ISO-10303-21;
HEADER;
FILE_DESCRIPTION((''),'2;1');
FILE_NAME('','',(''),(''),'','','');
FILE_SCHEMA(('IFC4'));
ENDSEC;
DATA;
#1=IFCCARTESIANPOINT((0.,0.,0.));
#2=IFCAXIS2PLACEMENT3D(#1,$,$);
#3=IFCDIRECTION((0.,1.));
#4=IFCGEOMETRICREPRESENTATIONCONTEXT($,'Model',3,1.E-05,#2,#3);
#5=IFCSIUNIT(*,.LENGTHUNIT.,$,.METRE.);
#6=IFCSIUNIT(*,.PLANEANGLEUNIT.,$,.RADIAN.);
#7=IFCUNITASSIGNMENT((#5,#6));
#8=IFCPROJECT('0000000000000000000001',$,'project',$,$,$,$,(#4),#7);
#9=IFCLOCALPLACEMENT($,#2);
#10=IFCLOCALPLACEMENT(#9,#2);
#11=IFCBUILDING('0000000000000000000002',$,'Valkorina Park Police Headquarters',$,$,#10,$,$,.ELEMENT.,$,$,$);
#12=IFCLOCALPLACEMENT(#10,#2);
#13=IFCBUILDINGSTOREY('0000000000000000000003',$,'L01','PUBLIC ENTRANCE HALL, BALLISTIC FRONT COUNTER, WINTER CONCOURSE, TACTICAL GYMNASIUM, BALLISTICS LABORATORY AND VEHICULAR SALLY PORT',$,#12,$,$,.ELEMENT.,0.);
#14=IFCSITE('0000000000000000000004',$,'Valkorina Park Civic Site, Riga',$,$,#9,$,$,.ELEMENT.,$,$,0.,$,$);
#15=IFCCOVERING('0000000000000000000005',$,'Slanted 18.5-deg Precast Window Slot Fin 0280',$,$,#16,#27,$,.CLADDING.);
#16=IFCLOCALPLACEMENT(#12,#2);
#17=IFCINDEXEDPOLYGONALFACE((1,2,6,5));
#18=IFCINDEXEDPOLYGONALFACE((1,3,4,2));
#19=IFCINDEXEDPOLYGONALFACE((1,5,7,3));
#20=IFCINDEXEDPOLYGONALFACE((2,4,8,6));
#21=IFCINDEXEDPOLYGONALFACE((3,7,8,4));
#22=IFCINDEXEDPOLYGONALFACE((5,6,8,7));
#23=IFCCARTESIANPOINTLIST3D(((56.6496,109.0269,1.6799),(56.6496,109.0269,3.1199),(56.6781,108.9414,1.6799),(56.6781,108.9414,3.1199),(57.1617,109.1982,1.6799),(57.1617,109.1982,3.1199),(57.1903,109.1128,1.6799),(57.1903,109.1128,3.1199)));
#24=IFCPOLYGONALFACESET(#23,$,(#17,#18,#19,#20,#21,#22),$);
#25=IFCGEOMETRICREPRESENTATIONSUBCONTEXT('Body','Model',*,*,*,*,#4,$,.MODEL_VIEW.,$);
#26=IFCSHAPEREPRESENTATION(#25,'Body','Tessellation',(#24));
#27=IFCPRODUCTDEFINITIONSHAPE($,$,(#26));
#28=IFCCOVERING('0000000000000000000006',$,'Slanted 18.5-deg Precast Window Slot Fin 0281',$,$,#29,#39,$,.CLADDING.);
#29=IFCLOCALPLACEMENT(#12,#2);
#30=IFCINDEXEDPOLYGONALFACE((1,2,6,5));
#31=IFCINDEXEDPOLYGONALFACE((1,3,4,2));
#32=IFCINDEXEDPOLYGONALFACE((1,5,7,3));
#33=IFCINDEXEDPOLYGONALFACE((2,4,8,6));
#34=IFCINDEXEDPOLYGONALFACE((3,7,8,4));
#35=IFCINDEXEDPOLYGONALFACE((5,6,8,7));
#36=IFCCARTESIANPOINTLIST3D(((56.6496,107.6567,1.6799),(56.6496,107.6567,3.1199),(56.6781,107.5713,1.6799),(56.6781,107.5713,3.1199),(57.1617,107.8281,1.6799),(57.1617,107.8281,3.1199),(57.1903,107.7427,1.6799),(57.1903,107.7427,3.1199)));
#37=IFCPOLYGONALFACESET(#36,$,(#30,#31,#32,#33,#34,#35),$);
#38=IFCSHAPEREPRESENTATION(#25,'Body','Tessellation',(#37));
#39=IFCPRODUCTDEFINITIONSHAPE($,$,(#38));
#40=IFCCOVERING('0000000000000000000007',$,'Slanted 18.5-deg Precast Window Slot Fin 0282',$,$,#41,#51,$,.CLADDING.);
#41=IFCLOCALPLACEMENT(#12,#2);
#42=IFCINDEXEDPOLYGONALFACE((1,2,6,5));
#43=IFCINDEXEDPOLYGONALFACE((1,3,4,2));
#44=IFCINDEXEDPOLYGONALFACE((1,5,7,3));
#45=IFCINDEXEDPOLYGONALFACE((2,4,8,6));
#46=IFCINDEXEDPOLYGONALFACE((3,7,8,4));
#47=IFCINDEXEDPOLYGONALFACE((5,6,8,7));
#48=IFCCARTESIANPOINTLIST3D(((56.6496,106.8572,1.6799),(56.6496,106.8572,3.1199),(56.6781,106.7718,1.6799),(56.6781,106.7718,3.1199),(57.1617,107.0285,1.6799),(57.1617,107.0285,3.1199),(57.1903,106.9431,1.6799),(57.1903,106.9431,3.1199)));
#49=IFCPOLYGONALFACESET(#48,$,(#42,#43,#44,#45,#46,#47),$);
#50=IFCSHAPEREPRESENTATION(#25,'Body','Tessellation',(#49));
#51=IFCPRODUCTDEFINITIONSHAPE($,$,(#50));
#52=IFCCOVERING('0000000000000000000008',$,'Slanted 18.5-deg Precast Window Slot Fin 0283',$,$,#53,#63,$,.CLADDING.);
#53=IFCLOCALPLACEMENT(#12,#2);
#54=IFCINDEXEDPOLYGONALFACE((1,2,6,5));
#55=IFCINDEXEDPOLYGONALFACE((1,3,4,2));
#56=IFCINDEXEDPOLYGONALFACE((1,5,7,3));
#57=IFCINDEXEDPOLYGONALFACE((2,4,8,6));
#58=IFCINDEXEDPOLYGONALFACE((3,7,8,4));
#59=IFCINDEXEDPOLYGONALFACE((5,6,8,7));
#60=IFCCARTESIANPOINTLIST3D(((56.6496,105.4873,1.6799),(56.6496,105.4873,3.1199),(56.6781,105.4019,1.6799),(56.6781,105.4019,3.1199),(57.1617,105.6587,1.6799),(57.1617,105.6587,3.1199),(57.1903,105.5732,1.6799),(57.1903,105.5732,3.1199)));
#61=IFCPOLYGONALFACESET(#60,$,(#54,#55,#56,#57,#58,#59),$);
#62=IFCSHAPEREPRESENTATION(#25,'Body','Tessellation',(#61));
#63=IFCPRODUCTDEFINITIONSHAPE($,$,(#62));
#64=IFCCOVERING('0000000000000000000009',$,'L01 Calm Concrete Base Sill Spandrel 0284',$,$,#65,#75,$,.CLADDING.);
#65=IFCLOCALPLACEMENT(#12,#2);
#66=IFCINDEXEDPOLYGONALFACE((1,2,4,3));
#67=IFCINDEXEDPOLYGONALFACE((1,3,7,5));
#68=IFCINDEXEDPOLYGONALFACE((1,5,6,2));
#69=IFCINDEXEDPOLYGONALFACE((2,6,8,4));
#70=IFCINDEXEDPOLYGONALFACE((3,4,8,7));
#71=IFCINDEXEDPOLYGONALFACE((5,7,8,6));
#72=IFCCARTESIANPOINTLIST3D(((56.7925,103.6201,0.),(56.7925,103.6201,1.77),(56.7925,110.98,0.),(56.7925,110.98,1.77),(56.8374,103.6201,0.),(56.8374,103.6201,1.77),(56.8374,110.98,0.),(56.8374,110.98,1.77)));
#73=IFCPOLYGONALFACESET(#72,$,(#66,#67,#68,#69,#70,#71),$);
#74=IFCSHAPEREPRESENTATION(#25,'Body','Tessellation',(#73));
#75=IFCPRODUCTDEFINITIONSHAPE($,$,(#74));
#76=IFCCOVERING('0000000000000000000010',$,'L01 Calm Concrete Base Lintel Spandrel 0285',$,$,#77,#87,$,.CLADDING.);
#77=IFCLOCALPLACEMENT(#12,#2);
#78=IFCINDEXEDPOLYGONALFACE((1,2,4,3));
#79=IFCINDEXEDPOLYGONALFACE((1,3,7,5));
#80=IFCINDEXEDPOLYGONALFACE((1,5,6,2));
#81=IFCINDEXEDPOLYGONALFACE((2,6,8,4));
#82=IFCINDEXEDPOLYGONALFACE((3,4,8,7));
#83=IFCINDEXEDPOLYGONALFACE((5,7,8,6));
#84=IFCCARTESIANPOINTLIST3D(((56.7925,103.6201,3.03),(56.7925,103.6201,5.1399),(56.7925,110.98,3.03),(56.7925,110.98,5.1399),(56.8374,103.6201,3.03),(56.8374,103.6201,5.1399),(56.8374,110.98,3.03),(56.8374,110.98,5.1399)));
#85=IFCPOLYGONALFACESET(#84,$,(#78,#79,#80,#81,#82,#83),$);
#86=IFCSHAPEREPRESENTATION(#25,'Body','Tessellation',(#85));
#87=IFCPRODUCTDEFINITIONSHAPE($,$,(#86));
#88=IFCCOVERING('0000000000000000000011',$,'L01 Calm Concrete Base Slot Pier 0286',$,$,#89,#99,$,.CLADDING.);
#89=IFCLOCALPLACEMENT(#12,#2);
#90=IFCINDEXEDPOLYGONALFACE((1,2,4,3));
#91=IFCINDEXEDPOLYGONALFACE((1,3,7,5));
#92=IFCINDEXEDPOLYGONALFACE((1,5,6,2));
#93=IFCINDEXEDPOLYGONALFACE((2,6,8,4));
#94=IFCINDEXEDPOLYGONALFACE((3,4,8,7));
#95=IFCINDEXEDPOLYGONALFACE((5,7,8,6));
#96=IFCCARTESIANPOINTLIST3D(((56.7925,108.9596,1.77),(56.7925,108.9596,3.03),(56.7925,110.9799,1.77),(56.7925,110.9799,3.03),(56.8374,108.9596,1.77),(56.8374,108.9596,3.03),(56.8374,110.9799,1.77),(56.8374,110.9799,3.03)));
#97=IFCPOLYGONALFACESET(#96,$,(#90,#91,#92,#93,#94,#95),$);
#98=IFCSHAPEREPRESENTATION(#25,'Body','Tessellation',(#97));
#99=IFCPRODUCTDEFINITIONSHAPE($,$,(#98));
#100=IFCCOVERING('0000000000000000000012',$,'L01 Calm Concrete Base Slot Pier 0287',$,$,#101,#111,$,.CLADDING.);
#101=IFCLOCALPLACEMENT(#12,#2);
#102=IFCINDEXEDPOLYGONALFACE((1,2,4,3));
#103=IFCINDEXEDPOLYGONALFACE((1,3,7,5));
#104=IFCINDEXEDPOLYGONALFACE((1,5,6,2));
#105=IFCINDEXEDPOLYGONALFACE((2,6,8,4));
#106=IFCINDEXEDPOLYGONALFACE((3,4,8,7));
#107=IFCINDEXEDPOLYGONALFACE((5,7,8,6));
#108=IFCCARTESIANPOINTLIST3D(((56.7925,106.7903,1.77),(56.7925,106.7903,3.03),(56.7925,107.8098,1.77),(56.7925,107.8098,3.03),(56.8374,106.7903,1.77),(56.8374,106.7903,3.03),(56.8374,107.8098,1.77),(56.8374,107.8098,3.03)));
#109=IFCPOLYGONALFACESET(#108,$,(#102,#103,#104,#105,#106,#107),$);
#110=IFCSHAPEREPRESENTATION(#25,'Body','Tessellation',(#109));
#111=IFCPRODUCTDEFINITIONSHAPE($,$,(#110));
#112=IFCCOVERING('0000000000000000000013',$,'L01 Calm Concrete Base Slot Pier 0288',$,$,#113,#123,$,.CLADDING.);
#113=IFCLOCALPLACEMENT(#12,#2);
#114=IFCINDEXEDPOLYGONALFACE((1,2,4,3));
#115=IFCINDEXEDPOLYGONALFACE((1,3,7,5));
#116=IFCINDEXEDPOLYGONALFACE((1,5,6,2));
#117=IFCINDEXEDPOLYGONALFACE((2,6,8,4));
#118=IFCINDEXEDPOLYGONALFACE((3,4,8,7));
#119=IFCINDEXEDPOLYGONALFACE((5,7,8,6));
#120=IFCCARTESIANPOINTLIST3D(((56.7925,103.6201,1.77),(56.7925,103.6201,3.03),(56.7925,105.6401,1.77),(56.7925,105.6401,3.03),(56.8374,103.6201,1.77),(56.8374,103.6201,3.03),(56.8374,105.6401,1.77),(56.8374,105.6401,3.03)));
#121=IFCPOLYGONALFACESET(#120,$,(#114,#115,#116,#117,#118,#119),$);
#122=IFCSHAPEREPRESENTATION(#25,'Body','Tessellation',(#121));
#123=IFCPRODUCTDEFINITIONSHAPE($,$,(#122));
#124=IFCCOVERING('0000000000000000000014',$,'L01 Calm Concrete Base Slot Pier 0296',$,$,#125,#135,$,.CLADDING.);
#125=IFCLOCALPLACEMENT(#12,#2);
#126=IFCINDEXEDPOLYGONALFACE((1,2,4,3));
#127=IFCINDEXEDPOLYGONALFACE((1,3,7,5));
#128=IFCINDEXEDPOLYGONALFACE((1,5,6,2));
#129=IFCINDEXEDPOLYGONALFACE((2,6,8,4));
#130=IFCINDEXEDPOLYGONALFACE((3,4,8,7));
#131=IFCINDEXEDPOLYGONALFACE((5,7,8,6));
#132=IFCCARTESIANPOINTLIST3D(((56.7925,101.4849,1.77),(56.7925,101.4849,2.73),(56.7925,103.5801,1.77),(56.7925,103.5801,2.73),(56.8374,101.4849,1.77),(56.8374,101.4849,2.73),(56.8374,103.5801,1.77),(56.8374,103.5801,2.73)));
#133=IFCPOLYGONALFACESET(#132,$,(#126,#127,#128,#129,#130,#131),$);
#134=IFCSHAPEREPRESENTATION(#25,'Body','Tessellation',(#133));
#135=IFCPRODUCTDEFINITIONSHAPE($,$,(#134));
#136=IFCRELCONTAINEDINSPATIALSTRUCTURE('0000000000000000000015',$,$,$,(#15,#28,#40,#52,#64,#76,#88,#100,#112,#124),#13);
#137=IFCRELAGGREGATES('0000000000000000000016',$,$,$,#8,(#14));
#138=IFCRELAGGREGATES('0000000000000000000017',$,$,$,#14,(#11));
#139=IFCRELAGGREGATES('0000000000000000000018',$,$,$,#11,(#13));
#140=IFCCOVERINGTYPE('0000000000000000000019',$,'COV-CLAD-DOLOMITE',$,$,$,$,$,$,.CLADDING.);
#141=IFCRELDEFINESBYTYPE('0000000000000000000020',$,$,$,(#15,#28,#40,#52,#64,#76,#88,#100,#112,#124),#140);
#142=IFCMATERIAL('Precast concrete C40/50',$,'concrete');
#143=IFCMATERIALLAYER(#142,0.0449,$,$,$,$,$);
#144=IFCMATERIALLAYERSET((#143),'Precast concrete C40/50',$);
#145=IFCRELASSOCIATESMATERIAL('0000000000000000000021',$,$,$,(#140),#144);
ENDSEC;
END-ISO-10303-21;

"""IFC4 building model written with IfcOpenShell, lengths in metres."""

from ifc_helpers import new_model, si_unit, direction, frame, frame_2d, origin, origin_2d, place, context, subcontext, project, spatial, rectangle, extrude, material, layer, layer_set, type_object, element, save


model = new_model("IFC4")

# Units and contexts
model_context = context("Model", 3, precision=1e-05, world=origin(), true_north=direction((0.0, 1.0)))
body_context = subcontext(model_context, "Body", "Model", "MODEL_VIEW")
ifc_project = project(units=[si_unit("LENGTHUNIT", "METRE"), si_unit("PLANEANGLEUNIT", "RADIAN")], contexts=[model_context])

# Site, building, storey
site_placement = place(None, origin())
site = spatial("IfcSite", under=ifc_project, at=site_placement, Name="Valkorina Park Civic Site, Riga", CompositionType="ELEMENT", RefElevation=0.0)
building_placement = place(site_placement, origin())
building = spatial("IfcBuilding", under=site, at=building_placement, Name="Valkorina Park Police Headquarters", CompositionType="ELEMENT")
storey_placement = place(building_placement, origin())
storey = spatial("IfcBuildingStorey", under=building, at=storey_placement, Name="L01", Description="PUBLIC ENTRANCE HALL, BALLISTIC FRONT COUNTER, WINTER CONCOURSE, TACTICAL GYMNASIUM, BALLISTICS LABORATORY AND VEHICULAR SALLY PORT", CompositionType="ELEMENT", Elevation=0.0)

# Shared definitions
ifc_material_1 = material(Name="Precast concrete C40/50", Category="concrete")

# Coverings
ifc_layer_1 = layer(ifc_material_1, 0.0449)
ifc_layer_set_1 = layer_set([ifc_layer_1], Name="Precast concrete C40/50")
covering_type = type_object("IfcCoveringType", Name="COV-CLAD-DOLOMITE", PredefinedType="CLADDING", material=ifc_layer_set_1)
for number, where, z_axis, x_axis, name in (
    (1, (56.9199, 109.0698, 1.6799), (0.0, 0.0, 1.0), (0.948324, 0.317305, 0.0), "Slanted 18.5-deg Precast Window Slot Fin 0280"),
    (2, (56.9199, 107.6997, 1.6799), (0.0, 0.0, 1.0), (0.948324, 0.317305, 0.0), "Slanted 18.5-deg Precast Window Slot Fin 0281"),
    (3, (56.9199, 106.9001, 1.6799), (0.0, 0.0, 1.0), (0.948324, 0.317305, 0.0), "Slanted 18.5-deg Precast Window Slot Fin 0282"),
    (4, (56.9199, 105.5303, 1.6799), (0.0, 0.0, 1.0), (0.948324, 0.317305, 0.0), "Slanted 18.5-deg Precast Window Slot Fin 0283"),
):
    element("IfcCovering", number, at=place(storey_placement, frame(where, z_axis=z_axis, x_axis=x_axis)), inside=storey, type_object=covering_type, Name=name, PredefinedType="CLADDING", context=body_context, shape_type="SweptSolid", body=[
        extrude(rectangle(XDim=0.54, YDim=0.0901, at=origin_2d()), origin(), (0.0, 0.0, 1.0), 1.4399),
    ])
covering_1_placement = place(storey_placement, frame((56.8149, 110.98, 0.0), z_axis=(0.0, 0.0, 1.0), x_axis=(0.0, -1.0, 0.0)))
element("IfcCovering", 5, at=covering_1_placement, inside=storey, type_object=covering_type, Name="L01 Calm Concrete Base Sill Spandrel 0284", PredefinedType="CLADDING", context=body_context, shape_type="SweptSolid", body=[
    extrude(rectangle(XDim=7.3599, YDim=0.0449, at=frame_2d((3.6799, 0.0))), origin(), (0.0, 0.0, 1.0), 1.77),
])
covering_2_placement = place(storey_placement, frame((56.8149, 110.98, 3.03), z_axis=(0.0, 0.0, 1.0), x_axis=(0.0, -1.0, 0.0)))
element("IfcCovering", 6, at=covering_2_placement, inside=storey, type_object=covering_type, Name="L01 Calm Concrete Base Lintel Spandrel 0285", PredefinedType="CLADDING", context=body_context, shape_type="SweptSolid", body=[
    extrude(rectangle(XDim=7.3599, YDim=0.0449, at=frame_2d((3.6799, 0.0))), origin(), (0.0, 0.0, 1.0), 2.1099),
])
covering_3_placement = place(storey_placement, frame((56.8149, 110.98, 1.77), z_axis=(0.0, 0.0, 1.0), x_axis=(0.0, -1.0, 0.0)))
element("IfcCovering", 7, at=covering_3_placement, inside=storey, type_object=covering_type, Name="L01 Calm Concrete Base Slot Pier 0286", PredefinedType="CLADDING", context=body_context, shape_type="SweptSolid", body=[
    extrude(rectangle(XDim=2.0203, YDim=0.0449, at=frame_2d((1.0103, 0.0))), origin(), (0.0, 0.0, 1.0), 1.26),
])
covering_4_placement = place(storey_placement, frame((56.8149, 107.8098, 1.77), z_axis=(0.0, 0.0, 1.0), x_axis=(0.0, -1.0, 0.0)))
element("IfcCovering", 8, at=covering_4_placement, inside=storey, type_object=covering_type, Name="L01 Calm Concrete Base Slot Pier 0287", PredefinedType="CLADDING", context=body_context, shape_type="SweptSolid", body=[
    extrude(rectangle(XDim=1.0195, YDim=0.0449, at=frame_2d((0.5098, 0.0))), origin(), (0.0, 0.0, 1.0), 1.26),
])
covering_5_placement = place(storey_placement, frame((56.8149, 105.6401, 1.77), z_axis=(0.0, 0.0, 1.0), x_axis=(0.0, -1.0, 0.0)))
element("IfcCovering", 9, at=covering_5_placement, inside=storey, type_object=covering_type, Name="L01 Calm Concrete Base Slot Pier 0288", PredefinedType="CLADDING", context=body_context, shape_type="SweptSolid", body=[
    extrude(rectangle(XDim=2.02, YDim=0.0449, at=frame_2d((1.01, 0.0))), origin(), (0.0, 0.0, 1.0), 1.26),
])
covering_6_placement = place(storey_placement, frame((56.8149, 103.5801, 1.77), z_axis=(0.0, 0.0, 1.0), x_axis=(0.0, -1.0, 0.0)))
element("IfcCovering", 10, at=covering_6_placement, inside=storey, type_object=covering_type, Name="L01 Calm Concrete Base Slot Pier 0296", PredefinedType="CLADDING", context=body_context, shape_type="SweptSolid", body=[
    extrude(rectangle(XDim=2.0952, YDim=0.0449, at=frame_2d((1.0476, 0.0))), origin(), (0.0, 0.0, 1.0), 0.96),
])

save(model, "model.ifc")
